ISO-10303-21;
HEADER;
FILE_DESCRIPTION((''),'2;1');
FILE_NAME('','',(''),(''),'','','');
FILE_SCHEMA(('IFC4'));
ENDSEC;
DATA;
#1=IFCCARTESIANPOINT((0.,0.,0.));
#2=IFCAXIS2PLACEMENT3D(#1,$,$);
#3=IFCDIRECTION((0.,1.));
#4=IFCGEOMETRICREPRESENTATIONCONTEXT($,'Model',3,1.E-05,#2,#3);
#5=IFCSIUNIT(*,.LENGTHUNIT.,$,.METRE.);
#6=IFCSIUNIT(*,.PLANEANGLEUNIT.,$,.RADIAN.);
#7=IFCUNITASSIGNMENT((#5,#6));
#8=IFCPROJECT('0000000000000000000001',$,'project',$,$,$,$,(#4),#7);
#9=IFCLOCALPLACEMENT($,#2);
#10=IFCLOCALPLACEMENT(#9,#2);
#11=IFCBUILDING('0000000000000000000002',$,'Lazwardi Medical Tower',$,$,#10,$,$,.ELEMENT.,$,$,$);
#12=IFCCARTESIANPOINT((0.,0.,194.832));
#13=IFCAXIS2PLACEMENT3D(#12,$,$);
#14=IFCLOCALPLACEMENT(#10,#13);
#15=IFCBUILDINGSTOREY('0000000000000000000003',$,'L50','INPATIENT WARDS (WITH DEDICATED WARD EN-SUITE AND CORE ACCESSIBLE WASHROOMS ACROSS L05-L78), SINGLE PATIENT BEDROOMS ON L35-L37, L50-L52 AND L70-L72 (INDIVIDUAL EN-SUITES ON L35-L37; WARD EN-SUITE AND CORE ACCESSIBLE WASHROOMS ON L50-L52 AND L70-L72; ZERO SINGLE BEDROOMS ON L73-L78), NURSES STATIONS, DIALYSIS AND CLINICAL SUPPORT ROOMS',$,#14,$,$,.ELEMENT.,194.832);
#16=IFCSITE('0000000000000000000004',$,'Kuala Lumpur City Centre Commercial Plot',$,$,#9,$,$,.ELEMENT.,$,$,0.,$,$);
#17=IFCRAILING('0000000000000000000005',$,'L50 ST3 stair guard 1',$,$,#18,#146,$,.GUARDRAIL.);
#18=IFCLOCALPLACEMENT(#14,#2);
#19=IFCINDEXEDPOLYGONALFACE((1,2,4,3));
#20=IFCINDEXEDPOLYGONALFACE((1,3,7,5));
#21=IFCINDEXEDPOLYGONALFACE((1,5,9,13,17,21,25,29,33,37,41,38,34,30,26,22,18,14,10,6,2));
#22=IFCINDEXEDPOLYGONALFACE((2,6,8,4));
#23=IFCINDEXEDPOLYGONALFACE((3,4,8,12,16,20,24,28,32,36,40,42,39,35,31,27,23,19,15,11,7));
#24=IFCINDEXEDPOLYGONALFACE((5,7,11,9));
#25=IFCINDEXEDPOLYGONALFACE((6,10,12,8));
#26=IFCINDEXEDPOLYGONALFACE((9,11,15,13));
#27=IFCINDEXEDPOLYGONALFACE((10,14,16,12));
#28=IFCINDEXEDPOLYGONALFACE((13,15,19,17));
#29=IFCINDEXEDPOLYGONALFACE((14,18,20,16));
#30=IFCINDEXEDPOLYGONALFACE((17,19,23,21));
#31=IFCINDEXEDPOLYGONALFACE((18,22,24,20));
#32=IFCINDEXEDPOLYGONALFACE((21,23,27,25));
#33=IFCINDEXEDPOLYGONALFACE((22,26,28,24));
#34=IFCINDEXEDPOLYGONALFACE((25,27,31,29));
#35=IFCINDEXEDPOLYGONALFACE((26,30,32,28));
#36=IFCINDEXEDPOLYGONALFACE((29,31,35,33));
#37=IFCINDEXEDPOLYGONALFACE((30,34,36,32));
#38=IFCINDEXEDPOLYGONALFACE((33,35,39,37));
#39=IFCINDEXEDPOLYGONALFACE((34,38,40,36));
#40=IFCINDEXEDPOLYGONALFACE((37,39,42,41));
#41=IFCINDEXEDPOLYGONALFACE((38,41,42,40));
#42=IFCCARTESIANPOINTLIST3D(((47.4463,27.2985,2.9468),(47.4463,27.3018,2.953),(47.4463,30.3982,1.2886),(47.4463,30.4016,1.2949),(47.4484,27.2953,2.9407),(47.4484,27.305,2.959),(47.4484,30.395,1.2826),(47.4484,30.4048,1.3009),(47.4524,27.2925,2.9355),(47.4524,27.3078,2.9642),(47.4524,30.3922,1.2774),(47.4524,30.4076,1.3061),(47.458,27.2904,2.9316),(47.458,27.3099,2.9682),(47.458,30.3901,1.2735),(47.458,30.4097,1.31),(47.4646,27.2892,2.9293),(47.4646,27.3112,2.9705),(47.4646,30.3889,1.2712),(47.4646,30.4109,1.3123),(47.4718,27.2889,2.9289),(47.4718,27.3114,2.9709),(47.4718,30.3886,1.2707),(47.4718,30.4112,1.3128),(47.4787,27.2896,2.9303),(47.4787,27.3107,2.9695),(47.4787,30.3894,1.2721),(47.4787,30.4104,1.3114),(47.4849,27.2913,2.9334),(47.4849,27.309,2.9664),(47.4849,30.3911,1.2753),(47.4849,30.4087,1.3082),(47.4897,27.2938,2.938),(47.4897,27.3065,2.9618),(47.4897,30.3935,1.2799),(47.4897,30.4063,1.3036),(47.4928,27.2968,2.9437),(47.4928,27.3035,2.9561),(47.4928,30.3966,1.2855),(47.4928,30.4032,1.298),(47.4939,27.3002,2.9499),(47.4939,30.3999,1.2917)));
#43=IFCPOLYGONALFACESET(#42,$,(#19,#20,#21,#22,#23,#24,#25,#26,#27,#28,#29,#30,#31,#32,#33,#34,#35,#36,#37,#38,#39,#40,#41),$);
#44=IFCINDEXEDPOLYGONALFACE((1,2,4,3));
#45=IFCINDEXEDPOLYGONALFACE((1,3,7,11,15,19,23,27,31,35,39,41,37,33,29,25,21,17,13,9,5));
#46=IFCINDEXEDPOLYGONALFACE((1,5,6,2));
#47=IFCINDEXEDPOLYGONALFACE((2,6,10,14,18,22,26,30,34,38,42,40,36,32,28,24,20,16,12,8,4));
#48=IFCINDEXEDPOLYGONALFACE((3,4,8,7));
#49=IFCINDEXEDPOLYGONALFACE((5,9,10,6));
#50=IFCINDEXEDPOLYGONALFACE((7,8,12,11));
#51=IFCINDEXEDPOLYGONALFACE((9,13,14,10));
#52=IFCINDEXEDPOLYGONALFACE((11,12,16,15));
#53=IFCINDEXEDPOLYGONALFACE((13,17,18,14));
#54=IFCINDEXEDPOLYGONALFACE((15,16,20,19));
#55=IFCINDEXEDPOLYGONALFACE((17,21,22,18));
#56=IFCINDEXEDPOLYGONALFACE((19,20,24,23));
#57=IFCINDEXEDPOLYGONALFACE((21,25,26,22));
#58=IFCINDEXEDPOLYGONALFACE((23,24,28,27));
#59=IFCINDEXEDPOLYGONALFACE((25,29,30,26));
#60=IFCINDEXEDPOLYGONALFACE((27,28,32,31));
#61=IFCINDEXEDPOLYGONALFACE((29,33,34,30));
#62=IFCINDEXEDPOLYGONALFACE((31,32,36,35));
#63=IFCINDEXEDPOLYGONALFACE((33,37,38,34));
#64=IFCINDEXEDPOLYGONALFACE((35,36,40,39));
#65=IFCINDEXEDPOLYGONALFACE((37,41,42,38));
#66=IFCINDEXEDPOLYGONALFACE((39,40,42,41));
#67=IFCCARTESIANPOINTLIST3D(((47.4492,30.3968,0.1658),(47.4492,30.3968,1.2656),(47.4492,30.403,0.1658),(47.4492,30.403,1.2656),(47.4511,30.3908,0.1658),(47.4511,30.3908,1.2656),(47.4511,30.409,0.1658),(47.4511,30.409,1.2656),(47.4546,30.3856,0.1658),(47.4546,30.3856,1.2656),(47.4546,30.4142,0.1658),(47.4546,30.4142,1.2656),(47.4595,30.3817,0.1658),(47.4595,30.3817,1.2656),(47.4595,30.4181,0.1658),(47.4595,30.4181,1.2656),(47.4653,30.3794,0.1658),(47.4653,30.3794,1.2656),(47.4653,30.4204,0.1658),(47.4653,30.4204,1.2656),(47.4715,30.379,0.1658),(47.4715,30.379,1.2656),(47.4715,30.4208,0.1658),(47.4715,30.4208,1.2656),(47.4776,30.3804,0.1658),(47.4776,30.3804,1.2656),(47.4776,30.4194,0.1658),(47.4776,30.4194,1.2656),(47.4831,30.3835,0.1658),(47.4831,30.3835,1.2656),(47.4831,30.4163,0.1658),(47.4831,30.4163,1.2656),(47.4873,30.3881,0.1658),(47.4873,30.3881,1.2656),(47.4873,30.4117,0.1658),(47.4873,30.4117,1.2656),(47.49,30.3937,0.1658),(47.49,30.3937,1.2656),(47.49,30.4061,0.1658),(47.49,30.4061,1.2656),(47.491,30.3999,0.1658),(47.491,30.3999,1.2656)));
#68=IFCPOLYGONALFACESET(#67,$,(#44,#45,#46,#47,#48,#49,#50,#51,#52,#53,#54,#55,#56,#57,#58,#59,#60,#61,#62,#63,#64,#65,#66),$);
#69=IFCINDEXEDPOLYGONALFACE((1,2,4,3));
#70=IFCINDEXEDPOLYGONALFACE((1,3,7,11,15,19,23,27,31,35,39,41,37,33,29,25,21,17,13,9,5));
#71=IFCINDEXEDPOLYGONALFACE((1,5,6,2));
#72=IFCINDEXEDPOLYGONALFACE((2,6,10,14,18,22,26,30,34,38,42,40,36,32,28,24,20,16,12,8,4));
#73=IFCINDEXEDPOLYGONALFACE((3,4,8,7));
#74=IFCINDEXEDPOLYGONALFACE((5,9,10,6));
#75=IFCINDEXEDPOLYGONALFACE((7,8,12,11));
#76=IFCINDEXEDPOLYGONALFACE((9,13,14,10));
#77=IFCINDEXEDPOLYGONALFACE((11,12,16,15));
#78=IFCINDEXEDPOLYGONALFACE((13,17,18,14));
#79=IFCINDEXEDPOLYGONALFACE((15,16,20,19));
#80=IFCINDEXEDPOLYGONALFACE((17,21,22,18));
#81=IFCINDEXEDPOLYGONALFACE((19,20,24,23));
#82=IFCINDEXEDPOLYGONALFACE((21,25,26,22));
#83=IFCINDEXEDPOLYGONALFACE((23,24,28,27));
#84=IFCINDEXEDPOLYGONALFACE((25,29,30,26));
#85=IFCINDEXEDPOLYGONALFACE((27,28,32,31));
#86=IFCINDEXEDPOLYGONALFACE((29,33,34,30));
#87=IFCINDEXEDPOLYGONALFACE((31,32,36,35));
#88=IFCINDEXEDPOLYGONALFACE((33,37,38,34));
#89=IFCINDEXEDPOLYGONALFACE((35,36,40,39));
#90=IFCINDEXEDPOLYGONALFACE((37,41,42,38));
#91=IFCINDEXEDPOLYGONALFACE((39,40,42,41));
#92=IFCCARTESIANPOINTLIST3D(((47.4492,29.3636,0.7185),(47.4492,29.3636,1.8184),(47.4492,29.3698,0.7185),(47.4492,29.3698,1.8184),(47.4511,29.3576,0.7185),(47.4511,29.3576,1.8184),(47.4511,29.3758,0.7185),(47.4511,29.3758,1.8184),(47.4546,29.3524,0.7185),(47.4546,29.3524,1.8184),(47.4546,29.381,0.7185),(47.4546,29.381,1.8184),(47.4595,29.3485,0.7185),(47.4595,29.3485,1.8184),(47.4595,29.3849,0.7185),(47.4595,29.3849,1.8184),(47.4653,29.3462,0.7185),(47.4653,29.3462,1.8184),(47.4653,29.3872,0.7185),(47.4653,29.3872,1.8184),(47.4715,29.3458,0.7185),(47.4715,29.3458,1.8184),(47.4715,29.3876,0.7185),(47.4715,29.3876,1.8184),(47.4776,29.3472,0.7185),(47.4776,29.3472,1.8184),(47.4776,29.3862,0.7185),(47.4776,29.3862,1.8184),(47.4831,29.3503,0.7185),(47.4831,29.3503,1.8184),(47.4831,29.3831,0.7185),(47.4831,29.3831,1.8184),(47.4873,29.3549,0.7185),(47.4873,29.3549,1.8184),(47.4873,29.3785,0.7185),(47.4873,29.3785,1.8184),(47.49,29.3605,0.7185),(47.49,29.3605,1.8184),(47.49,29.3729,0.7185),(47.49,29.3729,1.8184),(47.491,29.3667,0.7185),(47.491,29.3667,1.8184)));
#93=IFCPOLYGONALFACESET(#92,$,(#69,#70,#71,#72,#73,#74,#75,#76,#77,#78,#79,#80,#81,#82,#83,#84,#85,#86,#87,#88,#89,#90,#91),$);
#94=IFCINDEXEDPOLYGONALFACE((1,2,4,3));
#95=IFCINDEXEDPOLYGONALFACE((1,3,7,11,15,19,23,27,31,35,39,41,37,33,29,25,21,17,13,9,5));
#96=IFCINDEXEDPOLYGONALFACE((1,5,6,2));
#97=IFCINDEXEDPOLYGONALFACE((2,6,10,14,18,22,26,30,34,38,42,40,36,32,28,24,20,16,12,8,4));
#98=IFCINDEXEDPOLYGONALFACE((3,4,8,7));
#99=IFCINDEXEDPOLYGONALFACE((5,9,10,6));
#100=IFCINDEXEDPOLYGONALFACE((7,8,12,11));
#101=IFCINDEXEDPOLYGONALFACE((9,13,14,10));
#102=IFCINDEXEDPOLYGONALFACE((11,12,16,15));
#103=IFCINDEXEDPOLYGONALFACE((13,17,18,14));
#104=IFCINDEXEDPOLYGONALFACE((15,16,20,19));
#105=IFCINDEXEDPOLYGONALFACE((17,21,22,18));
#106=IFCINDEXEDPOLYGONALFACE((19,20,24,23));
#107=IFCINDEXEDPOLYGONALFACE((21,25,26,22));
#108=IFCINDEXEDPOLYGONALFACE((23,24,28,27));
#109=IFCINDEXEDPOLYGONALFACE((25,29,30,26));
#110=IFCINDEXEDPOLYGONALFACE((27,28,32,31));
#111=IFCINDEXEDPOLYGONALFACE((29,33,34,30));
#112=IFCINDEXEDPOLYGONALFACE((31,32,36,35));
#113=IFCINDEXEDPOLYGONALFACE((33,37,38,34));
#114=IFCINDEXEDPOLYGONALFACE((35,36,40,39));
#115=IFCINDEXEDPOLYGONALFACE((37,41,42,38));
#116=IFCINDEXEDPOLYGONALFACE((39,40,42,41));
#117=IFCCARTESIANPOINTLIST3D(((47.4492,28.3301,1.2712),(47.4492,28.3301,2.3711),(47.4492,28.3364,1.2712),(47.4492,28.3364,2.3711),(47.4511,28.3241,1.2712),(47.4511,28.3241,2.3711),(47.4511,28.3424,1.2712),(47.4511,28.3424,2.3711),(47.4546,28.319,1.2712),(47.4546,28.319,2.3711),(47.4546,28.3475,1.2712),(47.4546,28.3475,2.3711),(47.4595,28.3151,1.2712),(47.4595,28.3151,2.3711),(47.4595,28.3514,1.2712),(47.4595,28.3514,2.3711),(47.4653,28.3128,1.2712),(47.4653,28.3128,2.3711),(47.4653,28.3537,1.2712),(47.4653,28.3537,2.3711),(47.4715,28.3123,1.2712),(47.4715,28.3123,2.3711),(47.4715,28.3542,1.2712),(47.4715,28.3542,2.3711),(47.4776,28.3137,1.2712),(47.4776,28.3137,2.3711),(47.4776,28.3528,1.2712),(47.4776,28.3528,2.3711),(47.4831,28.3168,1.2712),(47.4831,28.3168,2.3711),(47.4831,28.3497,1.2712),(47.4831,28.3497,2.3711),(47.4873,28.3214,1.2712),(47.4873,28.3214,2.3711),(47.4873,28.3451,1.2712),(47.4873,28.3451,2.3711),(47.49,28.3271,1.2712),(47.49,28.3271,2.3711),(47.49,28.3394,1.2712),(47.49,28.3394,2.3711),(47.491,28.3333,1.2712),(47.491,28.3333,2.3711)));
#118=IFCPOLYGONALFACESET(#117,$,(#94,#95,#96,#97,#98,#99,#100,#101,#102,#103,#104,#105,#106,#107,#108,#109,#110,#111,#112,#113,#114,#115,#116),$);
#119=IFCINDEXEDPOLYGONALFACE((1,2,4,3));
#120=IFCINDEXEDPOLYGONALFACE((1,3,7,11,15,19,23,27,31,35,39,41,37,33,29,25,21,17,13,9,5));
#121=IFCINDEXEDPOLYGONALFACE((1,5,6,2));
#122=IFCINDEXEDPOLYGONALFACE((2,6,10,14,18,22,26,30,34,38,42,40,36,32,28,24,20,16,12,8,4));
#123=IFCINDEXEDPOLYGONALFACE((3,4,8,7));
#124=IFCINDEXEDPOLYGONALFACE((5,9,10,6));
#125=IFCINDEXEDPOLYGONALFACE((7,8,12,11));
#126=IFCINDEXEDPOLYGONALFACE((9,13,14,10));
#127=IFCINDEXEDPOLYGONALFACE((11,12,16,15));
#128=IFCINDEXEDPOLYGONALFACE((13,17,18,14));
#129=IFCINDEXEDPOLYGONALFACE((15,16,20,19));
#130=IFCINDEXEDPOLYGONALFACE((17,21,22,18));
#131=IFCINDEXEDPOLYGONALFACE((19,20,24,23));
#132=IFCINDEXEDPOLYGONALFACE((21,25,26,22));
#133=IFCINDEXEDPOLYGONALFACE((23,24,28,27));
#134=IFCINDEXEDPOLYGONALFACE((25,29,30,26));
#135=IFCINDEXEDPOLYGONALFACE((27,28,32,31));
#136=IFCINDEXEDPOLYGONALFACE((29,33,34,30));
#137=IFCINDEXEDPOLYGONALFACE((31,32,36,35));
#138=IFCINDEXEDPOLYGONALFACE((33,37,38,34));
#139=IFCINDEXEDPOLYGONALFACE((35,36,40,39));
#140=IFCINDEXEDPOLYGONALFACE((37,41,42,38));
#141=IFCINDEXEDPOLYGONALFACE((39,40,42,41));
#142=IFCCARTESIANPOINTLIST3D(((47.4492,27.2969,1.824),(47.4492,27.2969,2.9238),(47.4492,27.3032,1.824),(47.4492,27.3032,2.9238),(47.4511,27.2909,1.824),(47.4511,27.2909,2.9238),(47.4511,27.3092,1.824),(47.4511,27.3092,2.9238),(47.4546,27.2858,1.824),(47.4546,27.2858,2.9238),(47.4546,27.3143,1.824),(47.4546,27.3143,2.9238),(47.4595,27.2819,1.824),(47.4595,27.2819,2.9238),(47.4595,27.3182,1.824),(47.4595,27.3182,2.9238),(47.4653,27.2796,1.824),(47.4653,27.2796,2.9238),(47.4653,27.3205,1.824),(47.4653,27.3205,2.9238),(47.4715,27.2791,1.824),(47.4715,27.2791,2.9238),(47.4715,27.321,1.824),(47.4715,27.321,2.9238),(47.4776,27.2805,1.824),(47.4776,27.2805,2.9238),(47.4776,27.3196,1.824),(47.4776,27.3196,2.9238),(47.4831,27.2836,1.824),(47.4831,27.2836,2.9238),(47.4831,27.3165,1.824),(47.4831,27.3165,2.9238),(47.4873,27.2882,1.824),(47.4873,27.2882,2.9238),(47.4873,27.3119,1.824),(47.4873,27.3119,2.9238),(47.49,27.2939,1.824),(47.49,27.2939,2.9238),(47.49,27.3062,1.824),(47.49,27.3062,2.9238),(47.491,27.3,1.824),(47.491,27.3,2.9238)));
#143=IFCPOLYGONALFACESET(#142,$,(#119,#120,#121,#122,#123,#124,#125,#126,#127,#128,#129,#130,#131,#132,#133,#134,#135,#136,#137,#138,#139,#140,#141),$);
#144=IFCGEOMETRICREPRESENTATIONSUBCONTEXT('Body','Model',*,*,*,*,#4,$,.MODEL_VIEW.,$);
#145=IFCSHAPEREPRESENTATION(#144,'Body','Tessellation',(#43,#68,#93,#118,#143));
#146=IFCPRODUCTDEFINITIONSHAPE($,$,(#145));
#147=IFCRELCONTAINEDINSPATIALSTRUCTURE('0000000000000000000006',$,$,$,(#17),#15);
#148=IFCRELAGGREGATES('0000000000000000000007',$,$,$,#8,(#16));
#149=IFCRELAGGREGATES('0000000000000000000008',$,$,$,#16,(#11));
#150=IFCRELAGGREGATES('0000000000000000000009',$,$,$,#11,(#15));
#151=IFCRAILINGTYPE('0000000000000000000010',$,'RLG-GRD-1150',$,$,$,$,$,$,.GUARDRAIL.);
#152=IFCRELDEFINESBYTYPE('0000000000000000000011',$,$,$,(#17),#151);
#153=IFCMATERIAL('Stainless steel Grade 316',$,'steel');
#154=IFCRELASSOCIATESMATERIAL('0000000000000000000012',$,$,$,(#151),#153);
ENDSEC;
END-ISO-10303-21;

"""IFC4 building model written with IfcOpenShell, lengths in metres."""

from ifc_helpers import new_model, si_unit, direction, frame, origin, origin_2d, place, context, subcontext, project, spatial, circle, extrude, material, type_object, element, save


model = new_model("IFC4")

# Units and contexts
model_context = context("Model", 3, precision=1e-05, world=origin(), true_north=direction((0.0, 1.0)))
body_context = subcontext(model_context, "Body", "Model", "MODEL_VIEW")
ifc_project = project(units=[si_unit("LENGTHUNIT", "METRE"), si_unit("PLANEANGLEUNIT", "RADIAN")], contexts=[model_context])

# Site, building, storey
site_placement = place(None, origin())
site = spatial("IfcSite", under=ifc_project, at=site_placement, Name="Kuala Lumpur City Centre Commercial Plot", CompositionType="ELEMENT", RefElevation=0.0)
building_placement = place(site_placement, origin())
building = spatial("IfcBuilding", under=site, at=building_placement, Name="Lazwardi Medical Tower", CompositionType="ELEMENT")
storey_placement = place(building_placement, frame((0.0, 0.0, 194.832)))
storey = spatial("IfcBuildingStorey", under=building, at=storey_placement, Name="L50", Description="INPATIENT WARDS (WITH DEDICATED WARD EN-SUITE AND CORE ACCESSIBLE WASHROOMS ACROSS L05-L78), SINGLE PATIENT BEDROOMS ON L35-L37, L50-L52 AND L70-L72 (INDIVIDUAL EN-SUITES ON L35-L37; WARD EN-SUITE AND CORE ACCESSIBLE WASHROOMS ON L50-L52 AND L70-L72; ZERO SINGLE BEDROOMS ON L73-L78), NURSES STATIONS, DIALYSIS AND CLINICAL SUPPORT ROOMS", CompositionType="ELEMENT", Elevation=194.832)

# Railing
ifc_material_1 = material(Name="Stainless steel Grade 316", Category="steel")
railing_type = type_object("IfcRailingType", Name="RLG-GRD-1150", PredefinedType="GUARDRAIL", material=ifc_material_1)
railing_1_placement = place(storey_placement, frame((47.47, 30.3999, 0.1658)))
element("IfcRailing", 1, at=railing_1_placement, inside=storey, type_object=railing_type, Name="L50 ST3 stair guard 1", PredefinedType="GUARDRAIL", context=body_context, shape_type="SweptSolid", body=[
    extrude(circle(Radius=0.0239, at=origin_2d()), frame((0.0, 0.0, 1.126), z_axis=(0.0, -0.881768, 0.471684), x_axis=(1.0, 0.0, 0.0)), (0.0, 0.0, 1.0), 3.5154),
    extrude(circle(Radius=0.021, at=origin_2d()), origin(), (0.0, 0.0, 1.0), 1.0999),
    extrude(circle(Radius=0.021, at=origin_2d()), frame((0.0, -1.0332, 0.5527)), (0.0, 0.0, 1.0), 1.0999),
    extrude(circle(Radius=0.021, at=origin_2d()), frame((0.0, -2.0667, 1.1055)), (0.0, 0.0, 1.0), 1.0999),
    extrude(circle(Radius=0.021, at=origin_2d()), frame((0.0, -3.0999, 1.6582)), (0.0, 0.0, 1.0), 1.0999),
])

save(model, "model.ifc")
